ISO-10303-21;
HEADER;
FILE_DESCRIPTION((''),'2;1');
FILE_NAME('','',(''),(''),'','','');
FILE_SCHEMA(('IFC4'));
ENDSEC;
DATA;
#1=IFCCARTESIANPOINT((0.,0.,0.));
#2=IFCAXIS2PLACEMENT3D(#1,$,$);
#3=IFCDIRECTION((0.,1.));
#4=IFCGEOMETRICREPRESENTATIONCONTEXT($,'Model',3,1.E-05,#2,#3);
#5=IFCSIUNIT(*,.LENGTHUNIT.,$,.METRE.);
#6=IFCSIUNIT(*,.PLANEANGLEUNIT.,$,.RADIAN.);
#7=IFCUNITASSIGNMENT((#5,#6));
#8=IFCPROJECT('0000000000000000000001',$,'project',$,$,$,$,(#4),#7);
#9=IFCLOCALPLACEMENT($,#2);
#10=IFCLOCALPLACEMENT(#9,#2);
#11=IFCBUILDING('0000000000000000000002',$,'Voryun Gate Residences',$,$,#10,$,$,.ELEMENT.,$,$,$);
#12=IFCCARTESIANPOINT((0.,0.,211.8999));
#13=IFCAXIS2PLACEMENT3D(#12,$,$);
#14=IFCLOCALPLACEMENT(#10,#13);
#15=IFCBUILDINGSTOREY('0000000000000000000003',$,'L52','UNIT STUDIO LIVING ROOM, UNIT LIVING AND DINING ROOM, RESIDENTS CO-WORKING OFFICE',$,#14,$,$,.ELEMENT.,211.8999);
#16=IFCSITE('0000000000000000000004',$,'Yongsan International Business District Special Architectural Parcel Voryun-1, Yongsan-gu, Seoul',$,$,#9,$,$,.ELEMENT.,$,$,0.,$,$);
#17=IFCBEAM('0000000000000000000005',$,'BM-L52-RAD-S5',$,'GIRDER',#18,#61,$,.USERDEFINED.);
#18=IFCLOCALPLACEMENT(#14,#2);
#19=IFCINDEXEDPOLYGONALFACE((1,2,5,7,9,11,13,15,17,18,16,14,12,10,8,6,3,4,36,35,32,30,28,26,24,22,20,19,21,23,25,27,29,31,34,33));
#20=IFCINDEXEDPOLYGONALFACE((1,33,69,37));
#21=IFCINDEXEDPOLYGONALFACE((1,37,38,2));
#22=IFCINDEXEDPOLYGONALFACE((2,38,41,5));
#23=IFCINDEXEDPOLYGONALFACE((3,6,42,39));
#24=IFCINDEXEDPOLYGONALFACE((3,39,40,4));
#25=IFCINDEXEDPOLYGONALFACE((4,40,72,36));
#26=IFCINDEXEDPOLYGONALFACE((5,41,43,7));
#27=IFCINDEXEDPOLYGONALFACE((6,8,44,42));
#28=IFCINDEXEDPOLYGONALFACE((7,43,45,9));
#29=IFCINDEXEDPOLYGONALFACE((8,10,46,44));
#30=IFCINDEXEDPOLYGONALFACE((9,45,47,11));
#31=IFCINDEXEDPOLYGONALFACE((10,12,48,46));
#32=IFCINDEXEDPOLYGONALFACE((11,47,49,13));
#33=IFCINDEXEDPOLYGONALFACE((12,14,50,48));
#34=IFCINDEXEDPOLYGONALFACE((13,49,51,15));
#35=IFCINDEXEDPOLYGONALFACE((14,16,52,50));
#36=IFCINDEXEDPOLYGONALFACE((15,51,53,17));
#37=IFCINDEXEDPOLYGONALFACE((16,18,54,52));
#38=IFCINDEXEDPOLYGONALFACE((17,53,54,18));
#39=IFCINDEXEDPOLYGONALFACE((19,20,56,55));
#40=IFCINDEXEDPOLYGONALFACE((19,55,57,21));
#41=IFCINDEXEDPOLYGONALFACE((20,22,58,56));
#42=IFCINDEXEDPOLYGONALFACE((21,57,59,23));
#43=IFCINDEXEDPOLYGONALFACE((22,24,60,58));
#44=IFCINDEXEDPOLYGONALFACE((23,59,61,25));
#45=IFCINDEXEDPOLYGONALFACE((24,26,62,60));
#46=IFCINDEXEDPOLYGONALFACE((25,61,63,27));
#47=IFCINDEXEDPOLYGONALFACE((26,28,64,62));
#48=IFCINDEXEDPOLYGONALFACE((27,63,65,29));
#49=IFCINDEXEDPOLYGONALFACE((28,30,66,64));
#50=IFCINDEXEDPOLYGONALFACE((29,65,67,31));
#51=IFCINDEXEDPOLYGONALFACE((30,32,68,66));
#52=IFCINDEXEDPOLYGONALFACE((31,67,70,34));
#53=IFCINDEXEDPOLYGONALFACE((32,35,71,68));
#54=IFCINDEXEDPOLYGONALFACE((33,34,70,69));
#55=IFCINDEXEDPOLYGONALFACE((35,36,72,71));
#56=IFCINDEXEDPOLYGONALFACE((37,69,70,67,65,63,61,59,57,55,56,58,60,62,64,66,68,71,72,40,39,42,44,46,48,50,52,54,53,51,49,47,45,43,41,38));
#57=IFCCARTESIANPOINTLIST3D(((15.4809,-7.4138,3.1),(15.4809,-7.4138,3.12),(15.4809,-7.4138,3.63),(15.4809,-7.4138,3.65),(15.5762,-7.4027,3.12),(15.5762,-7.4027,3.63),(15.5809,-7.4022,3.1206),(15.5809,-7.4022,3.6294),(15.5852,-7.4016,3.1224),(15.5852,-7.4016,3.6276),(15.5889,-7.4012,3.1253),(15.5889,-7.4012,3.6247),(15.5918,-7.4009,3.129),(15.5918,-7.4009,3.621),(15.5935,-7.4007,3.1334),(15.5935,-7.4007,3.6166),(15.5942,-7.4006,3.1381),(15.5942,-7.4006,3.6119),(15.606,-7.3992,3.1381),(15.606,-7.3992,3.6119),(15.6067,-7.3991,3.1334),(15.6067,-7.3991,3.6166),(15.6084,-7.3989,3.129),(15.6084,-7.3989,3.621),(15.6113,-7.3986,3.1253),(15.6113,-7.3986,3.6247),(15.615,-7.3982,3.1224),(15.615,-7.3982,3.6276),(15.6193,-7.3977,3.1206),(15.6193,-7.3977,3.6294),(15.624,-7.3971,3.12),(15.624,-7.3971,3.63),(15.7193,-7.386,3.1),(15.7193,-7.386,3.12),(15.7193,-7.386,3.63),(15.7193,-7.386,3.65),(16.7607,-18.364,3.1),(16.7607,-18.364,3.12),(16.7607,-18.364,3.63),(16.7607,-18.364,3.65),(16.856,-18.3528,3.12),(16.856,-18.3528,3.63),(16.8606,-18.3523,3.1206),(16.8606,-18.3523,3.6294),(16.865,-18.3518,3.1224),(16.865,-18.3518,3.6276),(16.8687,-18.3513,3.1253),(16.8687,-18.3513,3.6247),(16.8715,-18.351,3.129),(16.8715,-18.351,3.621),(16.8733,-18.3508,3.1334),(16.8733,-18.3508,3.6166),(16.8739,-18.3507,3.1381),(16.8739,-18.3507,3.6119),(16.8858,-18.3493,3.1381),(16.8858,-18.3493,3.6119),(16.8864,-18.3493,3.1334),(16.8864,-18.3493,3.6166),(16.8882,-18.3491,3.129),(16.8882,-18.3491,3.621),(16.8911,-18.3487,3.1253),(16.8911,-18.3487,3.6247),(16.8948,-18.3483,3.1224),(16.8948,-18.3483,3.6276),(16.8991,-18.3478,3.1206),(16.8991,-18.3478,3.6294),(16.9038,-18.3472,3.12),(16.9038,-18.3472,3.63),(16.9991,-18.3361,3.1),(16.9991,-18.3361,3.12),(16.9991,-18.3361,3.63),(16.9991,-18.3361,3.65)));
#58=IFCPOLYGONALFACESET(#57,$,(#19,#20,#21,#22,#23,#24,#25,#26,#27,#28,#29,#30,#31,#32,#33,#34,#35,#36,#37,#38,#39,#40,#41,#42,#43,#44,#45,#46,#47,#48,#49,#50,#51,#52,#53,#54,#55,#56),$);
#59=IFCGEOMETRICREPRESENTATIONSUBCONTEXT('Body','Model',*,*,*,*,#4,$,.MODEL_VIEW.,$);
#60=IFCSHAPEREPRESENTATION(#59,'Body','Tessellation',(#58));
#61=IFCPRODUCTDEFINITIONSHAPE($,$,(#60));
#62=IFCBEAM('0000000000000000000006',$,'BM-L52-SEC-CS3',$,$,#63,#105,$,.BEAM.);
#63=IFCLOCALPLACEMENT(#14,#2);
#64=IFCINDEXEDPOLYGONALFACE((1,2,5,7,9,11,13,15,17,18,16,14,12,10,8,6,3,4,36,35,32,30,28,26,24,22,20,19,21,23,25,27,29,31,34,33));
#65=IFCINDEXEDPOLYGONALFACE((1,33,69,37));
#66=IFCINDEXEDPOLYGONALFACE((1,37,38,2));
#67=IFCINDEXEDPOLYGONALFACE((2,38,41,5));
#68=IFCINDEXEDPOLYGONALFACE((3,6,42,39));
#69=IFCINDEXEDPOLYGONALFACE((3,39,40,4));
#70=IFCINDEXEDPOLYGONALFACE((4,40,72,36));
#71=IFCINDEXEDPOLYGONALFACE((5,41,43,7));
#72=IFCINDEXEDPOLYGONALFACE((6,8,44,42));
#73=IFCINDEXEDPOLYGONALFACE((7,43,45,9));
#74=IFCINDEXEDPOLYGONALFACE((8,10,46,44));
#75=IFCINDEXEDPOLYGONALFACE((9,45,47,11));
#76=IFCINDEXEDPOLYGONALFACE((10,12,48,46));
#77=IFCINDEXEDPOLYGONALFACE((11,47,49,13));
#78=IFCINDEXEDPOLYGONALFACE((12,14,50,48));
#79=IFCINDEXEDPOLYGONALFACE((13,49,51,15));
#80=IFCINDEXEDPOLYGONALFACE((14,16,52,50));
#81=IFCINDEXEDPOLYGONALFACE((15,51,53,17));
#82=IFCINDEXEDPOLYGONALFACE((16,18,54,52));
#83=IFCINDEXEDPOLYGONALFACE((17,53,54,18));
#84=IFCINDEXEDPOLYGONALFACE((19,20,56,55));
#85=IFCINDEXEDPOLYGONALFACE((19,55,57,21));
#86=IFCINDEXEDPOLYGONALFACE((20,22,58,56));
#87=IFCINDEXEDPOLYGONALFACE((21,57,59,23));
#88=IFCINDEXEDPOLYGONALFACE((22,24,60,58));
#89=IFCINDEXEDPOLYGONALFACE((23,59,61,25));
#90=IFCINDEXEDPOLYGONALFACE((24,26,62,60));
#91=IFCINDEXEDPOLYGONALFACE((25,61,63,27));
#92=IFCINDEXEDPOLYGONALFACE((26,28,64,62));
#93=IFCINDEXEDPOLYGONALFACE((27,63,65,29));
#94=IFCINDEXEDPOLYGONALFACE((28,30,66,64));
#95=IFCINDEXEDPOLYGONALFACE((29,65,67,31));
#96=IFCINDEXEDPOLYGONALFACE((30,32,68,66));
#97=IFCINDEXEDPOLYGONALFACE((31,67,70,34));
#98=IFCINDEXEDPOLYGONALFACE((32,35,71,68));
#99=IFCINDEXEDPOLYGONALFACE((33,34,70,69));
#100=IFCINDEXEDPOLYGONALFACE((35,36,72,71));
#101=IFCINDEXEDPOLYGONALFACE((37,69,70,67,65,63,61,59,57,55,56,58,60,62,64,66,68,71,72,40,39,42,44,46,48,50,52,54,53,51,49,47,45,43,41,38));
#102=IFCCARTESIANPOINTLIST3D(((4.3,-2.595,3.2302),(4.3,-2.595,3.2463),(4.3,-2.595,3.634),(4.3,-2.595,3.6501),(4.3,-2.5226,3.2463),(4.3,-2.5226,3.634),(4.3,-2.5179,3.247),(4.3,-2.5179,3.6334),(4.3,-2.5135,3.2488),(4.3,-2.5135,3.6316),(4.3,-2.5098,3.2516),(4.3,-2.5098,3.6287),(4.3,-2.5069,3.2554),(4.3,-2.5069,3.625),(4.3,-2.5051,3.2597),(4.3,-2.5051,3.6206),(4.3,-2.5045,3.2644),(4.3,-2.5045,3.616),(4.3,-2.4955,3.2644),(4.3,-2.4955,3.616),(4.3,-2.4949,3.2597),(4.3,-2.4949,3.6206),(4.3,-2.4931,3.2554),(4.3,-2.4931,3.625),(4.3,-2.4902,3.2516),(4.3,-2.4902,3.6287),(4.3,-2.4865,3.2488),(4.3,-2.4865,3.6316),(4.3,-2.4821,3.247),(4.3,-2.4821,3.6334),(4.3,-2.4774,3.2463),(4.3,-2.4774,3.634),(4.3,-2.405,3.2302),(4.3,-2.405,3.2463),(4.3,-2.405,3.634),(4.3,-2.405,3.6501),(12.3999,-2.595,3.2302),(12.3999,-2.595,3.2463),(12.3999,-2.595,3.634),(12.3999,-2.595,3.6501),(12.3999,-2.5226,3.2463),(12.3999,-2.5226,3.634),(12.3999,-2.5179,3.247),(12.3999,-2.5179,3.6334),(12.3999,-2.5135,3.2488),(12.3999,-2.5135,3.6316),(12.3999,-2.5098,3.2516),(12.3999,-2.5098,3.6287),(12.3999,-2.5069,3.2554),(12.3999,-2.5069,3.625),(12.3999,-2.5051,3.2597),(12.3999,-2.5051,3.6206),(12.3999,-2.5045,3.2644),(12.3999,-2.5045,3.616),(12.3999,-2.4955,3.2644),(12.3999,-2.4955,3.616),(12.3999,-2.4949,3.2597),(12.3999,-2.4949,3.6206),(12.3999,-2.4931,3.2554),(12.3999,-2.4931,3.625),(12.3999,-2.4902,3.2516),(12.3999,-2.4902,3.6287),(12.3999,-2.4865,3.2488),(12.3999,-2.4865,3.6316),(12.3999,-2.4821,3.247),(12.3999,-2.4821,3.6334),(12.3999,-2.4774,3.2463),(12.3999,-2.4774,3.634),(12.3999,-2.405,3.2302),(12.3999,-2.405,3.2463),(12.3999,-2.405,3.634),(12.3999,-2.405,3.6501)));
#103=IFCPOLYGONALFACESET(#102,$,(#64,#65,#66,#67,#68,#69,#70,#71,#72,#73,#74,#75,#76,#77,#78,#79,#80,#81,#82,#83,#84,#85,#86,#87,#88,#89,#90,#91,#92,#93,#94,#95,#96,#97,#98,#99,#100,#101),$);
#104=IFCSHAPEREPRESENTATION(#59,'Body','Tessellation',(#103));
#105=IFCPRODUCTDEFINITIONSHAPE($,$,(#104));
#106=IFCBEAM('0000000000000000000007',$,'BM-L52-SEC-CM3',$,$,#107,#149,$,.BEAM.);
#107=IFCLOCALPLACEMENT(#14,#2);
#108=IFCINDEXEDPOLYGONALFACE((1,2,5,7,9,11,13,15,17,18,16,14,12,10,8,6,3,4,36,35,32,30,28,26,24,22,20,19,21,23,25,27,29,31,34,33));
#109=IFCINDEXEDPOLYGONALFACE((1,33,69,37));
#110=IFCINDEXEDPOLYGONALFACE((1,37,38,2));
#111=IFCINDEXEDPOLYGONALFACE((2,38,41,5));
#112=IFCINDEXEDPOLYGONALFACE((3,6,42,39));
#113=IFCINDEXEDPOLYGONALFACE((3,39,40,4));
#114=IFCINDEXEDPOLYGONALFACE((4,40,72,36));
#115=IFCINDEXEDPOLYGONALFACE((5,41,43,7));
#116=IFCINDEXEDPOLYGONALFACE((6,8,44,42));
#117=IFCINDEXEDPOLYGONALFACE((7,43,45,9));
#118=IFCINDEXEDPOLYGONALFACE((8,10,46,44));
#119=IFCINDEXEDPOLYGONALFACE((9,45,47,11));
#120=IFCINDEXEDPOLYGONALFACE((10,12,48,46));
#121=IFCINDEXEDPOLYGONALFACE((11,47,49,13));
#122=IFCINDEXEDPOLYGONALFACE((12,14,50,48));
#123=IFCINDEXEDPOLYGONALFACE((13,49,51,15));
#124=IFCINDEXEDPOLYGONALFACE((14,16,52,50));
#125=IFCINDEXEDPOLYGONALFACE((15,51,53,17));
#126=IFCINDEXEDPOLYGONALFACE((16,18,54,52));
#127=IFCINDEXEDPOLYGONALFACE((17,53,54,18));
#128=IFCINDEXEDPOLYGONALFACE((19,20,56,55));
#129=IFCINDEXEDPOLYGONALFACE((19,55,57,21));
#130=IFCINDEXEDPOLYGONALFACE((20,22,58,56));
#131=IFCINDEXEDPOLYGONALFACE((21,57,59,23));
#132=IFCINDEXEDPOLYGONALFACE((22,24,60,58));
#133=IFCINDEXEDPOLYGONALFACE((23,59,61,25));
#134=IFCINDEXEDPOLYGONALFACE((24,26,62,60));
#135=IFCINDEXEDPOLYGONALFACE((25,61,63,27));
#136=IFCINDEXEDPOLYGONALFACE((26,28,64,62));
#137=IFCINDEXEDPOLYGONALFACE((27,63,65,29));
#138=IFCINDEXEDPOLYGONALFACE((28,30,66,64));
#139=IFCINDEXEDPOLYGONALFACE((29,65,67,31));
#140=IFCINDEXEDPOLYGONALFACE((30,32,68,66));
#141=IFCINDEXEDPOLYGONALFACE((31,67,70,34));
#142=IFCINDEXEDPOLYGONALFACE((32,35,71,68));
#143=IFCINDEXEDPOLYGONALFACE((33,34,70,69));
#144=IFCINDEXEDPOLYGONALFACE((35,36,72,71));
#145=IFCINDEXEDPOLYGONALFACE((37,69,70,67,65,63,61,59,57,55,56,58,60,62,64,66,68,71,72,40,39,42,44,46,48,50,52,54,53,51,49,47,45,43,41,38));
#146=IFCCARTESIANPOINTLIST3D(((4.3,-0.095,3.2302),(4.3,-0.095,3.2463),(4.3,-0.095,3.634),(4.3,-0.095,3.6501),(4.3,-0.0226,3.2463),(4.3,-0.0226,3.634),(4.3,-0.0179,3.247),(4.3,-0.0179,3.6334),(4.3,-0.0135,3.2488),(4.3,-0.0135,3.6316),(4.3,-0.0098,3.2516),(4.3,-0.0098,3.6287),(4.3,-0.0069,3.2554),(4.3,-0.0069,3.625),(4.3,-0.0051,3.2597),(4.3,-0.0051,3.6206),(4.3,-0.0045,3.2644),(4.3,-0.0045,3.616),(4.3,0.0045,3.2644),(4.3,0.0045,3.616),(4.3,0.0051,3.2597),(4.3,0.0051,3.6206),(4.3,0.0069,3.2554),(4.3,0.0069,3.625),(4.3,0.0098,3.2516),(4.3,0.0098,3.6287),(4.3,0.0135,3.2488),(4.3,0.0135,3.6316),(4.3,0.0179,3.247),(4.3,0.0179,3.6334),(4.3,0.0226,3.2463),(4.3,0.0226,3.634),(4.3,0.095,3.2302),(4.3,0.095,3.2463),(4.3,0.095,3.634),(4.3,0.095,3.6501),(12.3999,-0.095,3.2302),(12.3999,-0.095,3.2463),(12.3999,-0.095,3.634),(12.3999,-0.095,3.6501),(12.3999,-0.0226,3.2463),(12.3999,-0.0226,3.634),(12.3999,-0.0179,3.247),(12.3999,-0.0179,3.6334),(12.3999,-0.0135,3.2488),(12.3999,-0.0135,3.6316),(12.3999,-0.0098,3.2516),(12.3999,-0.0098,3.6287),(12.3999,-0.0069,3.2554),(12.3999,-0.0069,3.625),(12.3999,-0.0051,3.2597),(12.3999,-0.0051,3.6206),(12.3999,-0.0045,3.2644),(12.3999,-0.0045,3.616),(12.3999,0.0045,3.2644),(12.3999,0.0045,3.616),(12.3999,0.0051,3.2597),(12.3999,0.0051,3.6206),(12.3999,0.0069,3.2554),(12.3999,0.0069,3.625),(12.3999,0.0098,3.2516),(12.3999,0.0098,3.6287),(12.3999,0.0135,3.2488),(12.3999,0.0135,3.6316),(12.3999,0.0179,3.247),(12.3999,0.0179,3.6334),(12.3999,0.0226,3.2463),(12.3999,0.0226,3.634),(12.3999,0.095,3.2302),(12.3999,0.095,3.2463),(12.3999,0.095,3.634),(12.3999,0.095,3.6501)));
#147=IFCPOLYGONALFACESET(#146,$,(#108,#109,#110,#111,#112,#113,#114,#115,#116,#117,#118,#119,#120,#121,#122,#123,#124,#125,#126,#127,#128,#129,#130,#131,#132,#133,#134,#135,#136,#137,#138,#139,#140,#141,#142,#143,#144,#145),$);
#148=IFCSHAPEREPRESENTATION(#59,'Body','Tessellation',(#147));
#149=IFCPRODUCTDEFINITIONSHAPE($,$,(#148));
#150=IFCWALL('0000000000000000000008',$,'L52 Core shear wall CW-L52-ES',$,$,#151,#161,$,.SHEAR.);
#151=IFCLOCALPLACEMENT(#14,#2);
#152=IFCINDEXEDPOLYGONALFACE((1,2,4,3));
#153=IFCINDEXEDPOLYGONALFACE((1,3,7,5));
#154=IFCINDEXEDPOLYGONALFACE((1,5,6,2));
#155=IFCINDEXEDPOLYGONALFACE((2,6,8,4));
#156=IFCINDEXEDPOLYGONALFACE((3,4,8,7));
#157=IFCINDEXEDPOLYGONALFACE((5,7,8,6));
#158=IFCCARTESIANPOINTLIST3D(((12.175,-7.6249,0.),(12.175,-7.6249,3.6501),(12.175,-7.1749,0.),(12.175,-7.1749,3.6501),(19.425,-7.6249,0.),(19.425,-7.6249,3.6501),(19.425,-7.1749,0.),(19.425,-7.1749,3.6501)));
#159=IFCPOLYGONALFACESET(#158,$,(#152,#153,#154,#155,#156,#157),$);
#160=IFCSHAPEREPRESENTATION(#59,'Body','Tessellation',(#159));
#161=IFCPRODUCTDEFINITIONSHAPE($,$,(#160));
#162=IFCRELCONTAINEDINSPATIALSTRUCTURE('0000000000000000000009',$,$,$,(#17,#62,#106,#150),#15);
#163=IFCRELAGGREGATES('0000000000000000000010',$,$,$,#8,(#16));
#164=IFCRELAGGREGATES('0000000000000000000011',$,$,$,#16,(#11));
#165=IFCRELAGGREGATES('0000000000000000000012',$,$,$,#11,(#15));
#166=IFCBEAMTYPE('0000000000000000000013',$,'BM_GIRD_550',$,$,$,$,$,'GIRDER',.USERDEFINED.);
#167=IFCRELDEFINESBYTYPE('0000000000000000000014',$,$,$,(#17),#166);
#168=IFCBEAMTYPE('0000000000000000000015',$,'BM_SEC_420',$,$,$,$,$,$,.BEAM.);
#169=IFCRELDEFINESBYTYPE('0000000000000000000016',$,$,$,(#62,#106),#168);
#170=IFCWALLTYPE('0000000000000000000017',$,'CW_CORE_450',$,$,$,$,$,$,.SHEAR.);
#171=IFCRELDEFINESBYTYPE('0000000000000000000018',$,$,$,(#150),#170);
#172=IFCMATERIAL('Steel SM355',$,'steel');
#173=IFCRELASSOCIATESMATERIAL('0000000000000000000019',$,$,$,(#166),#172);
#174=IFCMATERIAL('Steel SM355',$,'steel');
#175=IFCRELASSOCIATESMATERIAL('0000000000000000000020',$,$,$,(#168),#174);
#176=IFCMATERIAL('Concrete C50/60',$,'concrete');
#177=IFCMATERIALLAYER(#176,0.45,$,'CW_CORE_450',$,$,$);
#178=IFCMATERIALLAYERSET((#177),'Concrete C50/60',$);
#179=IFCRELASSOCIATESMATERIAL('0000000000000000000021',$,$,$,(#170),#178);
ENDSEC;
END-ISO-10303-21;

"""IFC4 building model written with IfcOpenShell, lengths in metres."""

from ifc_helpers import new_model, si_unit, direction, frame, frame_2d, origin, origin_2d, place, context, subcontext, project, spatial, rectangle, i_section, extrude, material, layer, layer_set, material_profile, profile_set, type_object, element, save


model = new_model("IFC4")

# Units and contexts
model_context = context("Model", 3, precision=1e-05, world=origin(), true_north=direction((0.0, 1.0)))
body_context = subcontext(model_context, "Body", "Model", "MODEL_VIEW")
ifc_project = project(units=[si_unit("LENGTHUNIT", "METRE"), si_unit("PLANEANGLEUNIT", "RADIAN")], contexts=[model_context])

# Site, building, storey
site_placement = place(None, origin())
site = spatial("IfcSite", under=ifc_project, at=site_placement, Name="Yongsan International Business District Special Architectural Parcel Voryun-1, Yongsan-gu, Seoul", CompositionType="ELEMENT", RefElevation=0.0)
building_placement = place(site_placement, origin())
building = spatial("IfcBuilding", under=site, at=building_placement, Name="Voryun Gate Residences", CompositionType="ELEMENT")
storey_placement = place(building_placement, frame((0.0, 0.0, 211.8999)))
storey = spatial("IfcBuildingStorey", under=building, at=storey_placement, Name="L52", Description="UNIT STUDIO LIVING ROOM, UNIT LIVING AND DINING ROOM, RESIDENTS CO-WORKING OFFICE", CompositionType="ELEMENT", Elevation=211.8999)

# Beams
ifc_material_1 = material(Name="Steel SM355", Category="steel")
ifc_material_profile_1 = material_profile(ifc_material_1, i_section(OverallWidth=0.24, OverallDepth=0.55, WebThickness=0.012, FlangeThickness=0.02, FilletRadius=0.0181, at=origin_2d()), Name="H-550x240x12x20")
ifc_profile_set_1 = profile_set([ifc_material_profile_1], Name="Steel SM355")
beam_type_1 = type_object("IfcBeamType", Name="BM_GIRD_550", ElementType="GIRDER", PredefinedType="USERDEFINED", material=ifc_profile_set_1)
beam_1_placement = place(storey_placement, frame((15.6001, -7.3999, 3.375), z_axis=(0.116083, -0.993239, 0.0), x_axis=(0.993239, 0.116083, 0.0)))
element("IfcBeam", 1, at=beam_1_placement, inside=storey, type_object=beam_type_1, Name="BM-L52-RAD-S5", ObjectType="GIRDER", PredefinedType="USERDEFINED", context=body_context, shape_type="SweptSolid", body=[
    extrude(i_section(OverallWidth=0.24, OverallDepth=0.55, WebThickness=0.012, FlangeThickness=0.02, FilletRadius=0.0181, at=origin_2d()), origin(), (0.0, 0.0, 1.0), 11.0247),
])
ifc_material_2 = material(Name="Steel SM355", Category="steel")
ifc_material_profile_2 = material_profile(ifc_material_2, i_section(OverallWidth=0.1899, OverallDepth=0.4199, WebThickness=0.009, FlangeThickness=0.0161, FilletRadius=0.0181, at=origin_2d()), Name="H-420x190x9x16")
ifc_profile_set_2 = profile_set([ifc_material_profile_2], Name="Steel SM355")
beam_type_2 = type_object("IfcBeamType", Name="BM_SEC_420", PredefinedType="BEAM", material=ifc_profile_set_2)
for number, where, z_axis, x_axis, name in (
    (2, (4.3, -2.5, 3.4402), (1.0, 0.0, 0.0), (0.0, 1.0, 0.0), "BM-L52-SEC-CS3"),
    (3, (4.3, 0.0, 3.4402), (1.0, 0.0, 0.0), (0.0, 1.0, 0.0), "BM-L52-SEC-CM3"),
):
    element("IfcBeam", number, at=place(storey_placement, frame(where, z_axis=z_axis, x_axis=x_axis)), inside=storey, type_object=beam_type_2, Name=name, PredefinedType="BEAM", context=body_context, shape_type="SweptSolid", body=[
        extrude(i_section(OverallWidth=0.1899, OverallDepth=0.4199, WebThickness=0.009, FlangeThickness=0.0161, FilletRadius=0.0181, at=origin_2d()), origin(), (0.0, 0.0, 1.0), 8.0999),
    ])

# Wall
ifc_material_3 = material(Name="Concrete C50/60", Category="concrete")
ifc_layer_1 = layer(ifc_material_3, 0.45, Name="CW_CORE_450")
ifc_layer_set_1 = layer_set([ifc_layer_1], Name="Concrete C50/60")
wall_type_1 = type_object("IfcWallType", Name="CW_CORE_450", PredefinedType="SHEAR", material=ifc_layer_set_1)
wall_1_placement = place(storey_placement, frame((12.175, -7.3999, 0.0), z_axis=(0.0, 0.0, 1.0), x_axis=(1.0, 0.0, 0.0)))
element("IfcWall", 4, at=wall_1_placement, inside=storey, type_object=wall_type_1, Name="L52 Core shear wall CW-L52-ES", PredefinedType="SHEAR", context=body_context, shape_type="SweptSolid", body=[
    extrude(rectangle(XDim=7.25, YDim=0.45, at=frame_2d((3.625, 0.0))), origin(), (0.0, 0.0, 1.0), 3.6501),
])

save(model, "model.ifc")
